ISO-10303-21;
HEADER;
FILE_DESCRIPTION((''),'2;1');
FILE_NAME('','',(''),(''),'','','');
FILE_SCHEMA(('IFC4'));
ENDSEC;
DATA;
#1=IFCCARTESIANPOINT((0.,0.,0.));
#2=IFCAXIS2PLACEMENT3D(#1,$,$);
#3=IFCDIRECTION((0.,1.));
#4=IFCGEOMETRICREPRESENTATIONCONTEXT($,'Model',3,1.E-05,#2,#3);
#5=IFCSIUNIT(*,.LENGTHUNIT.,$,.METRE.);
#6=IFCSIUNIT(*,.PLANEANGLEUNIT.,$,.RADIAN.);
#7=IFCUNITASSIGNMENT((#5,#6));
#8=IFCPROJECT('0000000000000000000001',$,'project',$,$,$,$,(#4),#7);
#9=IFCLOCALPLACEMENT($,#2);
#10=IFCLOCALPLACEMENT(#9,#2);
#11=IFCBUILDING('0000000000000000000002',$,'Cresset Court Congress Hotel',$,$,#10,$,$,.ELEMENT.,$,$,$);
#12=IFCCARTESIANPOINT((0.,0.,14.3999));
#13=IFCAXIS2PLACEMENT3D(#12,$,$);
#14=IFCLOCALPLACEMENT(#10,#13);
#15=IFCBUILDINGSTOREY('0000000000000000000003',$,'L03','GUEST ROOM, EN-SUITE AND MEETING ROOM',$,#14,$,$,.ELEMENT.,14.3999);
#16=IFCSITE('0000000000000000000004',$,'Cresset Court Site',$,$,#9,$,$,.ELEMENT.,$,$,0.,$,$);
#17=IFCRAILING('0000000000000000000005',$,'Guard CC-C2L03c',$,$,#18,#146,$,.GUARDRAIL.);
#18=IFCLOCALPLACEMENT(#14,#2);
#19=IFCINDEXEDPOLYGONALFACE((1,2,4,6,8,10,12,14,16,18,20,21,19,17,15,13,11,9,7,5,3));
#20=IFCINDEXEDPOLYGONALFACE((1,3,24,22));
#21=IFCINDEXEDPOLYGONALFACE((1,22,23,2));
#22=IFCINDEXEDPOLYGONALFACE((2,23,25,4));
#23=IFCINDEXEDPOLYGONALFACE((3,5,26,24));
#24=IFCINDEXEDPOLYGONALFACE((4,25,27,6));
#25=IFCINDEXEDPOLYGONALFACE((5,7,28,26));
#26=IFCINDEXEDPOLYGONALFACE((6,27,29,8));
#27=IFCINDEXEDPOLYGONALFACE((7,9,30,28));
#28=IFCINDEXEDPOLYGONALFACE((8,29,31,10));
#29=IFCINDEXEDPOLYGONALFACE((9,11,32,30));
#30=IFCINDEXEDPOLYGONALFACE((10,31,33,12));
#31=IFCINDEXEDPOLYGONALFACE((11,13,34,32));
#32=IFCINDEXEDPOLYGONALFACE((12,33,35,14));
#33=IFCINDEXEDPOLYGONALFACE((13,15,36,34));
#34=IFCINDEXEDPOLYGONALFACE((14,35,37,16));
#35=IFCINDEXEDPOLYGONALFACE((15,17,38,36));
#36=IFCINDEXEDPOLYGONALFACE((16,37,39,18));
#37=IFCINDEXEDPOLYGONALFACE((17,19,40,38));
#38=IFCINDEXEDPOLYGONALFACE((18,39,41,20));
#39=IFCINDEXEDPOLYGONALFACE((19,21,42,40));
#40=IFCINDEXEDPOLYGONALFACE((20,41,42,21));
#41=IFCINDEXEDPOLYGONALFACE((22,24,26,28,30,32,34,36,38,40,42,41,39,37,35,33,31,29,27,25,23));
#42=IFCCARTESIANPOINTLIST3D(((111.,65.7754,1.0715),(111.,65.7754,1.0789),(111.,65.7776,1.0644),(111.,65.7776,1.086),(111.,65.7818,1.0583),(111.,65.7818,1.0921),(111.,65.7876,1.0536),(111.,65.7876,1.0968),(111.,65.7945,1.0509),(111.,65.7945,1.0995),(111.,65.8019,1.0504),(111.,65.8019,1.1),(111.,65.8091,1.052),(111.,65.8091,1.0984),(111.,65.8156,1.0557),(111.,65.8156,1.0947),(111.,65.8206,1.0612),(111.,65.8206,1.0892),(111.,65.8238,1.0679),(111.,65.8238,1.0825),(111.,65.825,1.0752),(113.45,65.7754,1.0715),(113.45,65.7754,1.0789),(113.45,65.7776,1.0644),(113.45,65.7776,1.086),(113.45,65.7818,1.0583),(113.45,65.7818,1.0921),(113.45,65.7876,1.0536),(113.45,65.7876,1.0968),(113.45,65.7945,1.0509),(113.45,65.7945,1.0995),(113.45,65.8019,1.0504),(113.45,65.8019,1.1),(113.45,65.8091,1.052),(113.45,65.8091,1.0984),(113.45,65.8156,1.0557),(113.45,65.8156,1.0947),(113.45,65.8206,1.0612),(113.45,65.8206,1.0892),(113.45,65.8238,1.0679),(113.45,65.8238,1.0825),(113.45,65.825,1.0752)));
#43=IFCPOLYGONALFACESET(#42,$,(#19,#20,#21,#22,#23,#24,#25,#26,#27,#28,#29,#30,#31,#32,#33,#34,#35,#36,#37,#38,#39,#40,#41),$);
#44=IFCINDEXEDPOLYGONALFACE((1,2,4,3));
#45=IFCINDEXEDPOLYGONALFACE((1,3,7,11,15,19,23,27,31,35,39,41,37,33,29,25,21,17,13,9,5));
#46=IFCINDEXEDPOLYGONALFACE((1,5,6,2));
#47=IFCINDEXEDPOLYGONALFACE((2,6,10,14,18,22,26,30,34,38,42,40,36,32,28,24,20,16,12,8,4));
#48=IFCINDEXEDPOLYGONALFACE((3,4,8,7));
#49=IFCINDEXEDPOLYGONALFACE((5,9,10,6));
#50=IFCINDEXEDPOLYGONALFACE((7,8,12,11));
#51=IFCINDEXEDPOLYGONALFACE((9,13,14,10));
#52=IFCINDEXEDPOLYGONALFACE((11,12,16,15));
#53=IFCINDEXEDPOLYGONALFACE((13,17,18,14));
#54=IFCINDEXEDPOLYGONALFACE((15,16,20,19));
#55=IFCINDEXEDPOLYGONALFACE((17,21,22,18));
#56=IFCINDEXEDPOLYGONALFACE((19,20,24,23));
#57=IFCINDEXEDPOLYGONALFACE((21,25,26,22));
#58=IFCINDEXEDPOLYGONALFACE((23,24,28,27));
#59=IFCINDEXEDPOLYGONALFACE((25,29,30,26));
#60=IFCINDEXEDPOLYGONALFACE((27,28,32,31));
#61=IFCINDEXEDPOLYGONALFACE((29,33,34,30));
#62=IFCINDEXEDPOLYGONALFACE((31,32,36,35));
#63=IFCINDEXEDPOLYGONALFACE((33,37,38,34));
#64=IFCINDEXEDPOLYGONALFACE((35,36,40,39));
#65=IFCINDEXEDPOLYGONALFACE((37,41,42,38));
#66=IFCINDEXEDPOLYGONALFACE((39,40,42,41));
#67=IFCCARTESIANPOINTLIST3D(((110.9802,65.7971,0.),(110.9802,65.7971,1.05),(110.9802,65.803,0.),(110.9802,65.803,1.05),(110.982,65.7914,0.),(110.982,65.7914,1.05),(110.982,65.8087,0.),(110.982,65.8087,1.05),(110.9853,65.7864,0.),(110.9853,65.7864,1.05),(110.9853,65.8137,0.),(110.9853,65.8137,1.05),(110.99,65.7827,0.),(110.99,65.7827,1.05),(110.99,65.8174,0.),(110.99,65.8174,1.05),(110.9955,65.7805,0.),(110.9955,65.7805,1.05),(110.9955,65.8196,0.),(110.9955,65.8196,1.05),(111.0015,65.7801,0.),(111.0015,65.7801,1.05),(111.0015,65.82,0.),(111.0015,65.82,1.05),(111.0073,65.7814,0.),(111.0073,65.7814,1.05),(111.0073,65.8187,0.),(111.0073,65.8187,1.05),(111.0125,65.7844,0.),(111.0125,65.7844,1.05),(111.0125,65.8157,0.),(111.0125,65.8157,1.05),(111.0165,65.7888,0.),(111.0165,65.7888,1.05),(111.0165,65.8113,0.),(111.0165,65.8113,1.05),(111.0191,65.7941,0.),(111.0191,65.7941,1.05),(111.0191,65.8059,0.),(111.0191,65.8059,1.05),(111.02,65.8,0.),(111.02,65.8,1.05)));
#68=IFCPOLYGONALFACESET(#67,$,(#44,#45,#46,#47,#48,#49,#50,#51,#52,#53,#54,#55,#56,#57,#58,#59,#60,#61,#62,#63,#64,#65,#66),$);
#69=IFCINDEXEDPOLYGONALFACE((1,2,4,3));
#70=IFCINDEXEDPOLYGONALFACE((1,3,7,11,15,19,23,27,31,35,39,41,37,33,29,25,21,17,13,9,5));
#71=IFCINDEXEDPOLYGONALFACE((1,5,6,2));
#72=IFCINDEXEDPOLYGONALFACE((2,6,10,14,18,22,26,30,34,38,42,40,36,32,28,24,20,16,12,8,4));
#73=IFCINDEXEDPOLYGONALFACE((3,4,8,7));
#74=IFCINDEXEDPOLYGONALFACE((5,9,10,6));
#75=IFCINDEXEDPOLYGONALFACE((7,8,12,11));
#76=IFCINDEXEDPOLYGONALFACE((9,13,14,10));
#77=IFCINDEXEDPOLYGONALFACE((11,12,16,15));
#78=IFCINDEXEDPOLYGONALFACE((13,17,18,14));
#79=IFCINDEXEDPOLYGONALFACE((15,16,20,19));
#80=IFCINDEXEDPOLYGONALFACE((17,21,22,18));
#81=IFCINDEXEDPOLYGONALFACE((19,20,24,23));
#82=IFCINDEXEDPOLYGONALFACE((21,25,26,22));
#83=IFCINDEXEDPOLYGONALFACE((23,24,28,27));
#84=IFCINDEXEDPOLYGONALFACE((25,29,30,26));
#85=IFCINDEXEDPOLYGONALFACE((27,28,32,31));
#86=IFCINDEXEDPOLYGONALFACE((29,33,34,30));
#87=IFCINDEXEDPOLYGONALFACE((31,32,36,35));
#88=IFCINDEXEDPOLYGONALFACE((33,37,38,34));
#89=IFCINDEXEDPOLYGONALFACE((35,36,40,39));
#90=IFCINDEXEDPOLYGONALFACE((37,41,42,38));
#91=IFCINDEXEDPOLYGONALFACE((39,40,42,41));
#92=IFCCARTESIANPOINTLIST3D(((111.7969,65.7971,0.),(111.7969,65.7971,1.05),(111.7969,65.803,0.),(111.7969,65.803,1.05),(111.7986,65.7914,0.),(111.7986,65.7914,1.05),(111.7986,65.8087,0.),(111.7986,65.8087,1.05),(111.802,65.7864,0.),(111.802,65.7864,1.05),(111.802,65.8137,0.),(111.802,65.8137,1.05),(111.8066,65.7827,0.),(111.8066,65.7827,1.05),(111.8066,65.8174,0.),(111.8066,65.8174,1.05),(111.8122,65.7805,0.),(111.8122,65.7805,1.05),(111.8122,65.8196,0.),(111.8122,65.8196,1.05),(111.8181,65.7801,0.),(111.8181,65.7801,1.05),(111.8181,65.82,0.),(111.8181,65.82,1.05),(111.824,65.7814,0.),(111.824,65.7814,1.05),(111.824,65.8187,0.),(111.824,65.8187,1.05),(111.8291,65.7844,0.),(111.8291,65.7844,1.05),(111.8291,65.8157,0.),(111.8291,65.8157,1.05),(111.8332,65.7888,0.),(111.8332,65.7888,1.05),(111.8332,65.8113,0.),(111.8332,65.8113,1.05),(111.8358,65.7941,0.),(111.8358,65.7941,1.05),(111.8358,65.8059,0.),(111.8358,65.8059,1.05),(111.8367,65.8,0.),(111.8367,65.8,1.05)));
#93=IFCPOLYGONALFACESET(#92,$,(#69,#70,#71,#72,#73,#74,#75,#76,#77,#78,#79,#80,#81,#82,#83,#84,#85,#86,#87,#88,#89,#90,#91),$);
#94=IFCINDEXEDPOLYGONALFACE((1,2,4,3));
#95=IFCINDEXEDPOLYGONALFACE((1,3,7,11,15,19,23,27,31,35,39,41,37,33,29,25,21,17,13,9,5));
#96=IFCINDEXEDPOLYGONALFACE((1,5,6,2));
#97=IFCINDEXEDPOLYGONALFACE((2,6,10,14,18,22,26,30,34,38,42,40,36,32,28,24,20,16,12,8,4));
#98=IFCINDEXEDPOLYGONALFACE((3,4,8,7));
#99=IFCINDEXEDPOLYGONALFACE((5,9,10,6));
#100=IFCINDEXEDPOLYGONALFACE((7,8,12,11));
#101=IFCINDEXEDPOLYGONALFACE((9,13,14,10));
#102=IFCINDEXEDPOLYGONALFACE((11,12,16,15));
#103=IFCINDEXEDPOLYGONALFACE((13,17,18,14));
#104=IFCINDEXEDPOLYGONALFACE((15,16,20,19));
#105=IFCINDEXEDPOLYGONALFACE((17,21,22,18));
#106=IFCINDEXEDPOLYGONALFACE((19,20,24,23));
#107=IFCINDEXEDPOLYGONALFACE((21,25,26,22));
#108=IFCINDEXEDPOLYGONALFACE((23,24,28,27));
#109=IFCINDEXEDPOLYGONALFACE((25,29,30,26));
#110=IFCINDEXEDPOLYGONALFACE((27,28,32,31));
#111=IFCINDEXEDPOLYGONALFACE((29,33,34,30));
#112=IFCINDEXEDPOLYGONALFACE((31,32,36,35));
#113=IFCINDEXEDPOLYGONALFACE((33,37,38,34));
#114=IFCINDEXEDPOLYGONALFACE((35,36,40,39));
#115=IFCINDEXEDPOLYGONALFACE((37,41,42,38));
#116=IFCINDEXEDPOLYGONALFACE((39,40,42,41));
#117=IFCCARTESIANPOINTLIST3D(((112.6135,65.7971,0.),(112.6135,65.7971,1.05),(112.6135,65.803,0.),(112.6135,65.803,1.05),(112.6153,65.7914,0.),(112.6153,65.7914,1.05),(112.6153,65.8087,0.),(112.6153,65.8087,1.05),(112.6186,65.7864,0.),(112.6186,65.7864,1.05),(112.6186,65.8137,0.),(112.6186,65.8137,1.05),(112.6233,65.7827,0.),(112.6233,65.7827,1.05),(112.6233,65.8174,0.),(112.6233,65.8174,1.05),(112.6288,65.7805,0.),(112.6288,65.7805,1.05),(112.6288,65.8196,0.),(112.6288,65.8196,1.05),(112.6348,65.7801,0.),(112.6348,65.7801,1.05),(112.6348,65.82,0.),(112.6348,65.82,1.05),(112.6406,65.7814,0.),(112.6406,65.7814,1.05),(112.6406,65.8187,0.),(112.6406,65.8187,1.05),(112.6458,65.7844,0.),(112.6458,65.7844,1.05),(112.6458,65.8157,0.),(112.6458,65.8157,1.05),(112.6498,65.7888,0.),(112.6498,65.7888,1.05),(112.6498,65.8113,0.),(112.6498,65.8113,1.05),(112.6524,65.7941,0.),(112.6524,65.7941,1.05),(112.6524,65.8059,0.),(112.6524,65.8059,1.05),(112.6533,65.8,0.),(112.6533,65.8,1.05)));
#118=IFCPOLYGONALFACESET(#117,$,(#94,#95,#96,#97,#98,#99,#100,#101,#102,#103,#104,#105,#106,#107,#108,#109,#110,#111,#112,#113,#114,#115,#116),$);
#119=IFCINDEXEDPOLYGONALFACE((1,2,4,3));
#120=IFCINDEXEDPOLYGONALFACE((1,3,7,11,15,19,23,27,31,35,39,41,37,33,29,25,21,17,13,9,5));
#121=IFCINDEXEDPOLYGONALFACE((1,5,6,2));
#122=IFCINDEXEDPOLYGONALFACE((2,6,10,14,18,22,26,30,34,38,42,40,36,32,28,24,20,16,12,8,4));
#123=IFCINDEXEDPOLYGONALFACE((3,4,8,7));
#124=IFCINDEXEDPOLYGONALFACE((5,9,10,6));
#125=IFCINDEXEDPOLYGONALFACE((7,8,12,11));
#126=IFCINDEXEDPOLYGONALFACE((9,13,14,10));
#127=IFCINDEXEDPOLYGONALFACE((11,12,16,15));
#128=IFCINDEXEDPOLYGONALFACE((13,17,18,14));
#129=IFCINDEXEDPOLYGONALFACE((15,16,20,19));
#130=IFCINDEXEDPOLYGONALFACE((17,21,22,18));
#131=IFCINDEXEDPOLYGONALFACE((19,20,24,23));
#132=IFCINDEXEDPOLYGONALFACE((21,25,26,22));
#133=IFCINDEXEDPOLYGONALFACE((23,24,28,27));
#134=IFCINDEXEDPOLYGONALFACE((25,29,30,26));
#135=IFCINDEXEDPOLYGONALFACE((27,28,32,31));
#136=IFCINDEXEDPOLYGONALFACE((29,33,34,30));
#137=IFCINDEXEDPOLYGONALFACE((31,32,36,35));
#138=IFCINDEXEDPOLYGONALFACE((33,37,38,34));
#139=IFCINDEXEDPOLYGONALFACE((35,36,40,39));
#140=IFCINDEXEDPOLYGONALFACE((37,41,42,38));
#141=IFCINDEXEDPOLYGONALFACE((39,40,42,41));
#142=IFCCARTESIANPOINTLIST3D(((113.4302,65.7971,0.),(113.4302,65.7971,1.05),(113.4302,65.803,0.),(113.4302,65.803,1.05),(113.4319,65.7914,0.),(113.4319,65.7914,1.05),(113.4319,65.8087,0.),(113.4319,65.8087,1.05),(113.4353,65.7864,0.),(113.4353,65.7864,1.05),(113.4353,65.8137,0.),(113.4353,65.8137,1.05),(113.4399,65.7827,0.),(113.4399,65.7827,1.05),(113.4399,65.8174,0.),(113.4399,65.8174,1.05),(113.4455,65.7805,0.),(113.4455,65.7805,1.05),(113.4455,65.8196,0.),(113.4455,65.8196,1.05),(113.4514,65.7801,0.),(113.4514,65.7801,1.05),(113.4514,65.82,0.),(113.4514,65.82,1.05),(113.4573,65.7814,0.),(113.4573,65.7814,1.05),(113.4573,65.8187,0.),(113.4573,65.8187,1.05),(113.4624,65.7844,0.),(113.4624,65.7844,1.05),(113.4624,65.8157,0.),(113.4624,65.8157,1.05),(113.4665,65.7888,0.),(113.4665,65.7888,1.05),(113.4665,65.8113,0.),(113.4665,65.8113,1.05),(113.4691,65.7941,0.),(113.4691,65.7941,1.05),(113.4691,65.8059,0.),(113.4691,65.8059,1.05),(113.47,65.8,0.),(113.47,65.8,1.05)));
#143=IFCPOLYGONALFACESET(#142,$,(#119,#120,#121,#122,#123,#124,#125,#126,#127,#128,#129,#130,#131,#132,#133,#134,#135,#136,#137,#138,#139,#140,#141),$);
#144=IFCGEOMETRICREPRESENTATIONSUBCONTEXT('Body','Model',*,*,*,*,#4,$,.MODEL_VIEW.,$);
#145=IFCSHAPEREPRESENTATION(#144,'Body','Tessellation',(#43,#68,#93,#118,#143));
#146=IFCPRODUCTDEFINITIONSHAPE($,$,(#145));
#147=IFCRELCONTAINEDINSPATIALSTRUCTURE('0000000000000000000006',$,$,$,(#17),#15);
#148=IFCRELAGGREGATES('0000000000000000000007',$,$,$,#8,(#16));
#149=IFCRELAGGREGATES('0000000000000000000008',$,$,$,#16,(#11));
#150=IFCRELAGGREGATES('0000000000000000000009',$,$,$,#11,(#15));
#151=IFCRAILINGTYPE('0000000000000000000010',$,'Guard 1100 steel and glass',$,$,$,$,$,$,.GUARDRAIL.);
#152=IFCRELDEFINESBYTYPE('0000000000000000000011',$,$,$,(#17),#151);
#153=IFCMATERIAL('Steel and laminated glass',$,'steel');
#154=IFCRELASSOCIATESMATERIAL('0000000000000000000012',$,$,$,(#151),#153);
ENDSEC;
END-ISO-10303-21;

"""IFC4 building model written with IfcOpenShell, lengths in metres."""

from ifc_helpers import new_model, si_unit, direction, frame, origin, origin_2d, place, context, subcontext, project, spatial, circle, extrude, material, type_object, element, save


model = new_model("IFC4")

# Units and contexts
model_context = context("Model", 3, precision=1e-05, world=origin(), true_north=direction((0.0, 1.0)))
body_context = subcontext(model_context, "Body", "Model", "MODEL_VIEW")
ifc_project = project(units=[si_unit("LENGTHUNIT", "METRE"), si_unit("PLANEANGLEUNIT", "RADIAN")], contexts=[model_context])

# Site, building, storey
site_placement = place(None, origin())
site = spatial("IfcSite", under=ifc_project, at=site_placement, Name="Cresset Court Site", CompositionType="ELEMENT", RefElevation=0.0)
building_placement = place(site_placement, origin())
building = spatial("IfcBuilding", under=site, at=building_placement, Name="Cresset Court Congress Hotel", CompositionType="ELEMENT")
storey_placement = place(building_placement, frame((0.0, 0.0, 14.3999)))
storey = spatial("IfcBuildingStorey", under=building, at=storey_placement, Name="L03", Description="GUEST ROOM, EN-SUITE AND MEETING ROOM", CompositionType="ELEMENT", Elevation=14.3999)

# Railing
ifc_material_1 = material(Name="Steel and laminated glass", Category="steel")
railing_type = type_object("IfcRailingType", Name="Guard 1100 steel and glass", PredefinedType="GUARDRAIL", material=ifc_material_1)
railing_1_placement = place(storey_placement, frame((111.0, 65.8, 0.0)))
element("IfcRailing", 1, at=railing_1_placement, inside=storey, type_object=railing_type, Name="Guard CC-C2L03c", PredefinedType="GUARDRAIL", context=body_context, shape_type="SweptSolid", body=[
    extrude(circle(Radius=0.0249, at=origin_2d()), frame((0.0, 0.0, 1.0752), z_axis=(1.0, 0.0, 0.0), x_axis=(0.0, 1.0, 0.0)), (0.0, 0.0, 1.0), 2.45),
    extrude(circle(Radius=0.02, at=origin_2d()), origin(), (0.0, 0.0, 1.0), 1.05),
    extrude(circle(Radius=0.02, at=origin_2d()), frame((0.8167, 0.0, 0.0)), (0.0, 0.0, 1.0), 1.05),
    extrude(circle(Radius=0.02, at=origin_2d()), frame((1.6333, 0.0, 0.0)), (0.0, 0.0, 1.0), 1.05),
    extrude(circle(Radius=0.02, at=origin_2d()), frame((2.45, 0.0, 0.0)), (0.0, 0.0, 1.0), 1.05),
])

save(model, "model.ifc")
